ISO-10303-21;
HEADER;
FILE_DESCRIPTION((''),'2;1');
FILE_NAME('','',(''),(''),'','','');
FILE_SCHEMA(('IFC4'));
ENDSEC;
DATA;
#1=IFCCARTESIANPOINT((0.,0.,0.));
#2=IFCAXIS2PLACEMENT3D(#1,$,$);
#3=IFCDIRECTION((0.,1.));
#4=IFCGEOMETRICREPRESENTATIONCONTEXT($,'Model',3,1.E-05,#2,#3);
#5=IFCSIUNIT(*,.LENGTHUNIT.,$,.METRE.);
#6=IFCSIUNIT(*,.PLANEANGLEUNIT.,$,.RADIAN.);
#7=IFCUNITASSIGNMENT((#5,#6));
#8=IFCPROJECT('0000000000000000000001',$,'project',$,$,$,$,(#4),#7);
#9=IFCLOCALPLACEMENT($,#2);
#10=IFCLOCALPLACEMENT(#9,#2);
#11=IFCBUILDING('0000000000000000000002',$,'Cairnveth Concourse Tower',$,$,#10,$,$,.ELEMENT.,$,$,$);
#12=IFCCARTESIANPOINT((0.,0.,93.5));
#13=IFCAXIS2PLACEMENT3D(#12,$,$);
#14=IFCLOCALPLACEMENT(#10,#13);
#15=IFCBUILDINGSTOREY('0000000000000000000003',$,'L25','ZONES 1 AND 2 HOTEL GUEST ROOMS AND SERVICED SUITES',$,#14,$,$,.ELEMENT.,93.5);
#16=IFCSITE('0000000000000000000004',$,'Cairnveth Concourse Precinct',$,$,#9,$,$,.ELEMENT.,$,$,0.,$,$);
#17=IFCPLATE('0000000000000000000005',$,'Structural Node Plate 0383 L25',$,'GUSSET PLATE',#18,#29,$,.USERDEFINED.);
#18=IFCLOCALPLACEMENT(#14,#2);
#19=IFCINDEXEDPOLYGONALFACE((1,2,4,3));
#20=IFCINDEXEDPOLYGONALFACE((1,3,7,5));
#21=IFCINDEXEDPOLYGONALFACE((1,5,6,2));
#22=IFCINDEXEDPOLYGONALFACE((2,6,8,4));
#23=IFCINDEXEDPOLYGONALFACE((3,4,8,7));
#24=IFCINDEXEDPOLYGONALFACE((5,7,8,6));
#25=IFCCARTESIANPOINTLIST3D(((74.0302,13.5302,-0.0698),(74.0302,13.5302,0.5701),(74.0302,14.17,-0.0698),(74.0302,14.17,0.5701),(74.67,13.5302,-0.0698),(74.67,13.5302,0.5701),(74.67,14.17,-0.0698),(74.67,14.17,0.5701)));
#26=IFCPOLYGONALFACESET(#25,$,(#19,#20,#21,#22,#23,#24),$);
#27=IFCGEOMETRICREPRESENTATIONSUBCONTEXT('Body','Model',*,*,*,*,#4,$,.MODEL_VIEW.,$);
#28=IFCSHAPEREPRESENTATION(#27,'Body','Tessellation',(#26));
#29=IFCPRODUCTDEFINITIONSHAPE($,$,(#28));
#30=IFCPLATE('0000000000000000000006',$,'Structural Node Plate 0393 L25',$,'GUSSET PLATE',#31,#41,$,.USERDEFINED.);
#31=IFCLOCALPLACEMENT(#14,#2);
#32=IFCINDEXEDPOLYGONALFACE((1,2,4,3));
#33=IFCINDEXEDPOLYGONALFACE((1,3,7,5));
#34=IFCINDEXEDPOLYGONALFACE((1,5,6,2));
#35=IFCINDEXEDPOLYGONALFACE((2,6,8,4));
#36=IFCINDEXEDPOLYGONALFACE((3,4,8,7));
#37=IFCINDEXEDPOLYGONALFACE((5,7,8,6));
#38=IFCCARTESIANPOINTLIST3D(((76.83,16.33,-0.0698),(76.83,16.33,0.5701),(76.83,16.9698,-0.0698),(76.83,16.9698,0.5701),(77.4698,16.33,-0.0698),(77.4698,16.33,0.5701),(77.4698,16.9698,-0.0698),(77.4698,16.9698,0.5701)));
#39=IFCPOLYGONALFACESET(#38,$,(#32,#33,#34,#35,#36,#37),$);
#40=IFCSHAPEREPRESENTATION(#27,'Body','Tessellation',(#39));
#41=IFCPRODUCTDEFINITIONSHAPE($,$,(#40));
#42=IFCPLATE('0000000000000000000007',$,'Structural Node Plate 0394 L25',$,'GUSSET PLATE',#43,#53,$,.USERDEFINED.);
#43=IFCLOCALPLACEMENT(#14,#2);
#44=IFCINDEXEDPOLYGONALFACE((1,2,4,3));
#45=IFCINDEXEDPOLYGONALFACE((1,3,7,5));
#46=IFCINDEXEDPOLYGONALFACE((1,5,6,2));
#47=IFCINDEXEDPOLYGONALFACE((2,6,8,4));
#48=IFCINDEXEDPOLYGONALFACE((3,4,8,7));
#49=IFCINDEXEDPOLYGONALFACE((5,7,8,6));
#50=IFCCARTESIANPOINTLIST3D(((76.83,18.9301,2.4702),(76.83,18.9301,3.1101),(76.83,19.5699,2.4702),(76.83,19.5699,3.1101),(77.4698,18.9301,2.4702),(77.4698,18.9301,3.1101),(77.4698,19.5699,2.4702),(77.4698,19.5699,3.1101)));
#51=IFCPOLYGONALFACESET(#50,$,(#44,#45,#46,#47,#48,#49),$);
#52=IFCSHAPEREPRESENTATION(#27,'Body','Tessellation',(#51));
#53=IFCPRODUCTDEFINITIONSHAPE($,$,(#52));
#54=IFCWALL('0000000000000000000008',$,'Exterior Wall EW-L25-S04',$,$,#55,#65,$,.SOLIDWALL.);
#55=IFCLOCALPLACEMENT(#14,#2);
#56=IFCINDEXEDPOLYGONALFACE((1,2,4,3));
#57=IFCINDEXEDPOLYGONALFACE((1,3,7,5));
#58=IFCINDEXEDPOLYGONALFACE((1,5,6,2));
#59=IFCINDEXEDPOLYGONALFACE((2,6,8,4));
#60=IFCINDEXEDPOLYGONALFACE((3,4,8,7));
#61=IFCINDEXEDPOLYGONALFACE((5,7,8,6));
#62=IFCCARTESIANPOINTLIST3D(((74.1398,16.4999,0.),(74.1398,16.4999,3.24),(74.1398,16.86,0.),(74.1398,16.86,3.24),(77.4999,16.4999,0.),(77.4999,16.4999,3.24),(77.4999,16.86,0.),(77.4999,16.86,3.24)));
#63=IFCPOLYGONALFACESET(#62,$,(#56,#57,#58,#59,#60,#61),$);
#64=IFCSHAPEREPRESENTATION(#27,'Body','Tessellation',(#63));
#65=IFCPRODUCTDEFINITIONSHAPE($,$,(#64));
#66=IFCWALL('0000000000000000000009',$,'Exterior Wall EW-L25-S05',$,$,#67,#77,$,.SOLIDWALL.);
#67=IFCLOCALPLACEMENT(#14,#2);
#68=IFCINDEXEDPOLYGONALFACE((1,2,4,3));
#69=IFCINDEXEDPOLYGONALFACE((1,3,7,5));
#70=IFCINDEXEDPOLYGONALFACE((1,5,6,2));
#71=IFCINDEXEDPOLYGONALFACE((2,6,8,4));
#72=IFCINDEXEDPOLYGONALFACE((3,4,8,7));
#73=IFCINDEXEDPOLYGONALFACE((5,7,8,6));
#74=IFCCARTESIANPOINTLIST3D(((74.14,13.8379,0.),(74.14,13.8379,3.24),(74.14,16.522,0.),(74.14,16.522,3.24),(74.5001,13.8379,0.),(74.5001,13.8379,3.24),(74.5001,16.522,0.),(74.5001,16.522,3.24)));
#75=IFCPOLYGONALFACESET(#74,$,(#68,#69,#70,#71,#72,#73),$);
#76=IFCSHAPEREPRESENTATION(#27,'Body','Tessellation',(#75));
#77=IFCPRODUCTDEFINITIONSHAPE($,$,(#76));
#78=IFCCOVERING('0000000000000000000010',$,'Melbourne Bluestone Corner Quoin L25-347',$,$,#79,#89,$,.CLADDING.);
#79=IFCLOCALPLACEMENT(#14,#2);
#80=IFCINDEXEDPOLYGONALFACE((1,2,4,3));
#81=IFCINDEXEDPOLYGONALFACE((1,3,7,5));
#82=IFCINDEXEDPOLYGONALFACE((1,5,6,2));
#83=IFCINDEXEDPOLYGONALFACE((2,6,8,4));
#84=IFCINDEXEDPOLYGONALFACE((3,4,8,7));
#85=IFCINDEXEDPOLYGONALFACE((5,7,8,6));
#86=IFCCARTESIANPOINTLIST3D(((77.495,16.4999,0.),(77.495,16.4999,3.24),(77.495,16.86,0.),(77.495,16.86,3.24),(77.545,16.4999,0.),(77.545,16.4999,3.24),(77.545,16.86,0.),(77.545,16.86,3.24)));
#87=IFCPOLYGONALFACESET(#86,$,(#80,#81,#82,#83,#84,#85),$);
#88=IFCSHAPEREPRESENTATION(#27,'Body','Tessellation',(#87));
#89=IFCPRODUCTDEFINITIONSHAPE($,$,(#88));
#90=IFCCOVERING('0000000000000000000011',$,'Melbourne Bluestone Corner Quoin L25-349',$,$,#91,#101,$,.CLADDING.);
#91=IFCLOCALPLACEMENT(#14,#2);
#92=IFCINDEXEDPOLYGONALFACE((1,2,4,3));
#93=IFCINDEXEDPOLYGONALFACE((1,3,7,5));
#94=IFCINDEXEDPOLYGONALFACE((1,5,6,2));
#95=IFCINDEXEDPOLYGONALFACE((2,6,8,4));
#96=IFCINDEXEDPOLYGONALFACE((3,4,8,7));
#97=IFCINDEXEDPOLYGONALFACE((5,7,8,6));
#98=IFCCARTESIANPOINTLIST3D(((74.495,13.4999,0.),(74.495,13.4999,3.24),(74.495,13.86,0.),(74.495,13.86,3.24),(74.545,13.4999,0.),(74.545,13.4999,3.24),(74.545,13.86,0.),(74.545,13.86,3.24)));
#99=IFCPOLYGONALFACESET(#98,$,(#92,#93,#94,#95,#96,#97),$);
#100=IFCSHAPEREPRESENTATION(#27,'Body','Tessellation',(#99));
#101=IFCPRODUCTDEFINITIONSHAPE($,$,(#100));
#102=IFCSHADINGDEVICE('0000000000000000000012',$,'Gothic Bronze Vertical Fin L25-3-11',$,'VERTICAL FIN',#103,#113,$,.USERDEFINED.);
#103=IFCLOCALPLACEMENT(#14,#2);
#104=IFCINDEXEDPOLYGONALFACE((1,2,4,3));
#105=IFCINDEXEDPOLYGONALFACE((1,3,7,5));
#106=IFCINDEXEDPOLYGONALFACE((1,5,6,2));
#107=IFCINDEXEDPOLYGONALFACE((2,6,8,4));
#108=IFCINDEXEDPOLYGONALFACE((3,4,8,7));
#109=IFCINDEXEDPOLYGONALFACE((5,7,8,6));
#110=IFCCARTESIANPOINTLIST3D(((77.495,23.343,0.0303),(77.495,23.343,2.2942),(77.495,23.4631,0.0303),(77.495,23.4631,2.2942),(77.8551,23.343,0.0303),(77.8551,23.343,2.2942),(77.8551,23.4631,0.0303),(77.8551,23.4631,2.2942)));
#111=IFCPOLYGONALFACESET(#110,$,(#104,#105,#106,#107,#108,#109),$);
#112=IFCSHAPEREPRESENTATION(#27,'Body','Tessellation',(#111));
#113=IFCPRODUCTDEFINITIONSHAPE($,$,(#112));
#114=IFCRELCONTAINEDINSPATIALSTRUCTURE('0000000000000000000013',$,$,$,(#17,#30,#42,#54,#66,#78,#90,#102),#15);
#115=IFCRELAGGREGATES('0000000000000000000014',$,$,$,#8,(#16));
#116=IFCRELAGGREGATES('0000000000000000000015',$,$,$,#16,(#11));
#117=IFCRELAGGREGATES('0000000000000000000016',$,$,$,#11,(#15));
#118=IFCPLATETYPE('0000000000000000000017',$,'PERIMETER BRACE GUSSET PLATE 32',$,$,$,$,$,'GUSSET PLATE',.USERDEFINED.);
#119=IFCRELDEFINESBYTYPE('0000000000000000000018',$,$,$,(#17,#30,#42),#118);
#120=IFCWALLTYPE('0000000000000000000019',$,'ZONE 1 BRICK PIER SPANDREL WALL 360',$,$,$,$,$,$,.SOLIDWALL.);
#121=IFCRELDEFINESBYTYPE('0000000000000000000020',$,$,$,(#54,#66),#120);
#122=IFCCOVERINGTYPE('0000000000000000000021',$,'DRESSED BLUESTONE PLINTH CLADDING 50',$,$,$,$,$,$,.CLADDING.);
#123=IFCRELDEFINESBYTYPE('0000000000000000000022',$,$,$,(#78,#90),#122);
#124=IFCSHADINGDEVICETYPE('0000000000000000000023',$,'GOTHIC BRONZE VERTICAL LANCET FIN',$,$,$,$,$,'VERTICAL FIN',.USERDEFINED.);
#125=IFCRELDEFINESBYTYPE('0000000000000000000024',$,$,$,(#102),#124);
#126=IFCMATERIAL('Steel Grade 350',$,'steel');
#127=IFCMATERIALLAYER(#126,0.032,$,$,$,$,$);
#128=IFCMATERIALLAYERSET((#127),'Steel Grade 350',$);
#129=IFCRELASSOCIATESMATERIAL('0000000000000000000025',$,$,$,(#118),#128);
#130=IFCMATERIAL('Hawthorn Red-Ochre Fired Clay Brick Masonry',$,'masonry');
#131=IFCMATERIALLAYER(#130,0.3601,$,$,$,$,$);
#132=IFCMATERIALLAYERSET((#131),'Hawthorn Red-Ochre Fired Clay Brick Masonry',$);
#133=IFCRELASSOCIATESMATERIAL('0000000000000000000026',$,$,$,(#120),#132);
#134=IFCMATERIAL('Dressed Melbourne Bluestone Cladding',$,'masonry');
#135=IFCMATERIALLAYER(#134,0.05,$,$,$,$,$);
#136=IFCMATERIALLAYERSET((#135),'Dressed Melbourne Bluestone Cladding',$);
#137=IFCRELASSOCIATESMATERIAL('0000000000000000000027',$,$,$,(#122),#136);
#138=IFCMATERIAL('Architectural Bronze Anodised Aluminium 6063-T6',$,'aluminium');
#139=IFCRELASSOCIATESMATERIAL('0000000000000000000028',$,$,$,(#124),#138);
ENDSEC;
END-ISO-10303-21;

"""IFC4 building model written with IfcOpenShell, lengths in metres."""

from ifc_helpers import new_model, si_unit, direction, frame, frame_2d, origin, origin_2d, place, context, subcontext, project, spatial, rectangle, extrude, material, layer, layer_set, type_object, element, save


model = new_model("IFC4")

# Units and contexts
model_context = context("Model", 3, precision=1e-05, world=origin(), true_north=direction((0.0, 1.0)))
body_context = subcontext(model_context, "Body", "Model", "MODEL_VIEW")
ifc_project = project(units=[si_unit("LENGTHUNIT", "METRE"), si_unit("PLANEANGLEUNIT", "RADIAN")], contexts=[model_context])

# Site, building, storey
site_placement = place(None, origin())
site = spatial("IfcSite", under=ifc_project, at=site_placement, Name="Cairnveth Concourse Precinct", CompositionType="ELEMENT", RefElevation=0.0)
building_placement = place(site_placement, origin())
building = spatial("IfcBuilding", under=site, at=building_placement, Name="Cairnveth Concourse Tower", CompositionType="ELEMENT")
storey_placement = place(building_placement, frame((0.0, 0.0, 93.5)))
storey = spatial("IfcBuildingStorey", under=building, at=storey_placement, Name="L25", Description="ZONES 1 AND 2 HOTEL GUEST ROOMS AND SERVICED SUITES", CompositionType="ELEMENT", Elevation=93.5)

# Shared definitions
ifc_material_1 = material(Name="Steel Grade 350", Category="steel")

# Plates
ifc_layer_1 = layer(ifc_material_1, 0.032)
ifc_layer_set_1 = layer_set([ifc_layer_1], Name="Steel Grade 350")
plate_type = type_object("IfcPlateType", Name="PERIMETER BRACE GUSSET PLATE 32", ElementType="GUSSET PLATE", PredefinedType="USERDEFINED", material=ifc_layer_set_1)
for number, where, z_axis, x_axis, name in (
    (1, (74.3501, 13.8501, -0.0698), (0.0, 0.0, 1.0), (1.0, 0.0, 0.0), "Structural Node Plate 0383 L25"),
    (2, (77.1499, 16.6499, -0.0698), (0.0, 0.0, 1.0), (1.0, 0.0, 0.0), "Structural Node Plate 0393 L25"),
    (3, (77.1499, 19.25, 2.4702), (0.0, 0.0, 1.0), (1.0, 0.0, 0.0), "Structural Node Plate 0394 L25"),
):
    element("IfcPlate", number, at=place(storey_placement, frame(where, z_axis=z_axis, x_axis=x_axis)), inside=storey, type_object=plate_type, Name=name, ObjectType="GUSSET PLATE", PredefinedType="USERDEFINED", context=body_context, shape_type="SweptSolid", body=[
        extrude(rectangle(XDim=0.6399, YDim=0.6399, at=origin_2d()), origin(), (0.0, 0.0, 1.0), 0.6399),
    ])

# Walls
ifc_material_2 = material(Name="Hawthorn Red-Ochre Fired Clay Brick Masonry", Category="masonry")
ifc_layer_2 = layer(ifc_material_2, 0.3601)
ifc_layer_set_2 = layer_set([ifc_layer_2], Name="Hawthorn Red-Ochre Fired Clay Brick Masonry")
wall_type = type_object("IfcWallType", Name="ZONE 1 BRICK PIER SPANDREL WALL 360", PredefinedType="SOLIDWALL", material=ifc_layer_set_2)
wall_1_placement = place(storey_placement, frame((77.5, 16.6799, 0.0), z_axis=(0.0, 0.0, 1.0), x_axis=(-1.0, 0.0, 0.0)))
element("IfcWall", 4, at=wall_1_placement, inside=storey, type_object=wall_type, Name="Exterior Wall EW-L25-S04", PredefinedType="SOLIDWALL", context=body_context, shape_type="SweptSolid", body=[
    extrude(rectangle(XDim=3.3601, YDim=0.3601, at=frame_2d((1.6802, 0.0))), origin(), (0.0, 0.0, 1.0), 3.24),
])
wall_2_placement = place(storey_placement, frame((74.3201, 16.522, 0.0), z_axis=(0.0, 0.0, 1.0), x_axis=(0.0, -1.0, 0.0)))
element("IfcWall", 5, at=wall_2_placement, inside=storey, type_object=wall_type, Name="Exterior Wall EW-L25-S05", PredefinedType="SOLIDWALL", context=body_context, shape_type="SweptSolid", body=[
    extrude(rectangle(XDim=2.6841, YDim=0.3601, at=frame_2d((1.342, 0.0))), origin(), (0.0, 0.0, 1.0), 3.24),
])

# Coverings
ifc_material_3 = material(Name="Dressed Melbourne Bluestone Cladding", Category="masonry")
ifc_layer_3 = layer(ifc_material_3, 0.05)
ifc_layer_set_3 = layer_set([ifc_layer_3], Name="Dressed Melbourne Bluestone Cladding")
covering_type = type_object("IfcCoveringType", Name="DRESSED BLUESTONE PLINTH CLADDING 50", PredefinedType="CLADDING", material=ifc_layer_set_3)
for number, where, z_axis, x_axis, name in (
    (6, (77.52, 16.8601, 0.0), (0.0, 0.0, 1.0), (0.0, -1.0, 0.0), "Melbourne Bluestone Corner Quoin L25-347"),
    (7, (74.52, 13.8601, 0.0), (0.0, 0.0, 1.0), (0.0, -1.0, 0.0), "Melbourne Bluestone Corner Quoin L25-349"),
):
    element("IfcCovering", number, at=place(storey_placement, frame(where, z_axis=z_axis, x_axis=x_axis)), inside=storey, type_object=covering_type, Name=name, PredefinedType="CLADDING", context=body_context, shape_type="SweptSolid", body=[
        extrude(rectangle(XDim=0.3601, YDim=0.05, at=frame_2d((0.1802, 0.0))), origin(), (0.0, 0.0, 1.0), 3.24),
    ])

# Shading device
ifc_material_4 = material(Name="Architectural Bronze Anodised Aluminium 6063-T6", Category="aluminium")
shading_device_type = type_object("IfcShadingDeviceType", Name="GOTHIC BRONZE VERTICAL LANCET FIN", ElementType="VERTICAL FIN", PredefinedType="USERDEFINED", material=ifc_material_4)
shading_device_placement = place(storey_placement, frame((77.675, 23.4031, 0.0303), z_axis=(0.0, 0.0, 1.0), x_axis=(0.0, 1.0, 0.0)))
element("IfcShadingDevice", 8, at=shading_device_placement, inside=storey, type_object=shading_device_type, Name="Gothic Bronze Vertical Fin L25-3-11", ObjectType="VERTICAL FIN", PredefinedType="USERDEFINED", context=body_context, shape_type="SweptSolid", body=[
    extrude(rectangle(XDim=0.1201, YDim=0.3601, at=origin_2d()), origin(), (0.0, 0.0, 1.0), 2.2639),
])

save(model, "model.ifc")
